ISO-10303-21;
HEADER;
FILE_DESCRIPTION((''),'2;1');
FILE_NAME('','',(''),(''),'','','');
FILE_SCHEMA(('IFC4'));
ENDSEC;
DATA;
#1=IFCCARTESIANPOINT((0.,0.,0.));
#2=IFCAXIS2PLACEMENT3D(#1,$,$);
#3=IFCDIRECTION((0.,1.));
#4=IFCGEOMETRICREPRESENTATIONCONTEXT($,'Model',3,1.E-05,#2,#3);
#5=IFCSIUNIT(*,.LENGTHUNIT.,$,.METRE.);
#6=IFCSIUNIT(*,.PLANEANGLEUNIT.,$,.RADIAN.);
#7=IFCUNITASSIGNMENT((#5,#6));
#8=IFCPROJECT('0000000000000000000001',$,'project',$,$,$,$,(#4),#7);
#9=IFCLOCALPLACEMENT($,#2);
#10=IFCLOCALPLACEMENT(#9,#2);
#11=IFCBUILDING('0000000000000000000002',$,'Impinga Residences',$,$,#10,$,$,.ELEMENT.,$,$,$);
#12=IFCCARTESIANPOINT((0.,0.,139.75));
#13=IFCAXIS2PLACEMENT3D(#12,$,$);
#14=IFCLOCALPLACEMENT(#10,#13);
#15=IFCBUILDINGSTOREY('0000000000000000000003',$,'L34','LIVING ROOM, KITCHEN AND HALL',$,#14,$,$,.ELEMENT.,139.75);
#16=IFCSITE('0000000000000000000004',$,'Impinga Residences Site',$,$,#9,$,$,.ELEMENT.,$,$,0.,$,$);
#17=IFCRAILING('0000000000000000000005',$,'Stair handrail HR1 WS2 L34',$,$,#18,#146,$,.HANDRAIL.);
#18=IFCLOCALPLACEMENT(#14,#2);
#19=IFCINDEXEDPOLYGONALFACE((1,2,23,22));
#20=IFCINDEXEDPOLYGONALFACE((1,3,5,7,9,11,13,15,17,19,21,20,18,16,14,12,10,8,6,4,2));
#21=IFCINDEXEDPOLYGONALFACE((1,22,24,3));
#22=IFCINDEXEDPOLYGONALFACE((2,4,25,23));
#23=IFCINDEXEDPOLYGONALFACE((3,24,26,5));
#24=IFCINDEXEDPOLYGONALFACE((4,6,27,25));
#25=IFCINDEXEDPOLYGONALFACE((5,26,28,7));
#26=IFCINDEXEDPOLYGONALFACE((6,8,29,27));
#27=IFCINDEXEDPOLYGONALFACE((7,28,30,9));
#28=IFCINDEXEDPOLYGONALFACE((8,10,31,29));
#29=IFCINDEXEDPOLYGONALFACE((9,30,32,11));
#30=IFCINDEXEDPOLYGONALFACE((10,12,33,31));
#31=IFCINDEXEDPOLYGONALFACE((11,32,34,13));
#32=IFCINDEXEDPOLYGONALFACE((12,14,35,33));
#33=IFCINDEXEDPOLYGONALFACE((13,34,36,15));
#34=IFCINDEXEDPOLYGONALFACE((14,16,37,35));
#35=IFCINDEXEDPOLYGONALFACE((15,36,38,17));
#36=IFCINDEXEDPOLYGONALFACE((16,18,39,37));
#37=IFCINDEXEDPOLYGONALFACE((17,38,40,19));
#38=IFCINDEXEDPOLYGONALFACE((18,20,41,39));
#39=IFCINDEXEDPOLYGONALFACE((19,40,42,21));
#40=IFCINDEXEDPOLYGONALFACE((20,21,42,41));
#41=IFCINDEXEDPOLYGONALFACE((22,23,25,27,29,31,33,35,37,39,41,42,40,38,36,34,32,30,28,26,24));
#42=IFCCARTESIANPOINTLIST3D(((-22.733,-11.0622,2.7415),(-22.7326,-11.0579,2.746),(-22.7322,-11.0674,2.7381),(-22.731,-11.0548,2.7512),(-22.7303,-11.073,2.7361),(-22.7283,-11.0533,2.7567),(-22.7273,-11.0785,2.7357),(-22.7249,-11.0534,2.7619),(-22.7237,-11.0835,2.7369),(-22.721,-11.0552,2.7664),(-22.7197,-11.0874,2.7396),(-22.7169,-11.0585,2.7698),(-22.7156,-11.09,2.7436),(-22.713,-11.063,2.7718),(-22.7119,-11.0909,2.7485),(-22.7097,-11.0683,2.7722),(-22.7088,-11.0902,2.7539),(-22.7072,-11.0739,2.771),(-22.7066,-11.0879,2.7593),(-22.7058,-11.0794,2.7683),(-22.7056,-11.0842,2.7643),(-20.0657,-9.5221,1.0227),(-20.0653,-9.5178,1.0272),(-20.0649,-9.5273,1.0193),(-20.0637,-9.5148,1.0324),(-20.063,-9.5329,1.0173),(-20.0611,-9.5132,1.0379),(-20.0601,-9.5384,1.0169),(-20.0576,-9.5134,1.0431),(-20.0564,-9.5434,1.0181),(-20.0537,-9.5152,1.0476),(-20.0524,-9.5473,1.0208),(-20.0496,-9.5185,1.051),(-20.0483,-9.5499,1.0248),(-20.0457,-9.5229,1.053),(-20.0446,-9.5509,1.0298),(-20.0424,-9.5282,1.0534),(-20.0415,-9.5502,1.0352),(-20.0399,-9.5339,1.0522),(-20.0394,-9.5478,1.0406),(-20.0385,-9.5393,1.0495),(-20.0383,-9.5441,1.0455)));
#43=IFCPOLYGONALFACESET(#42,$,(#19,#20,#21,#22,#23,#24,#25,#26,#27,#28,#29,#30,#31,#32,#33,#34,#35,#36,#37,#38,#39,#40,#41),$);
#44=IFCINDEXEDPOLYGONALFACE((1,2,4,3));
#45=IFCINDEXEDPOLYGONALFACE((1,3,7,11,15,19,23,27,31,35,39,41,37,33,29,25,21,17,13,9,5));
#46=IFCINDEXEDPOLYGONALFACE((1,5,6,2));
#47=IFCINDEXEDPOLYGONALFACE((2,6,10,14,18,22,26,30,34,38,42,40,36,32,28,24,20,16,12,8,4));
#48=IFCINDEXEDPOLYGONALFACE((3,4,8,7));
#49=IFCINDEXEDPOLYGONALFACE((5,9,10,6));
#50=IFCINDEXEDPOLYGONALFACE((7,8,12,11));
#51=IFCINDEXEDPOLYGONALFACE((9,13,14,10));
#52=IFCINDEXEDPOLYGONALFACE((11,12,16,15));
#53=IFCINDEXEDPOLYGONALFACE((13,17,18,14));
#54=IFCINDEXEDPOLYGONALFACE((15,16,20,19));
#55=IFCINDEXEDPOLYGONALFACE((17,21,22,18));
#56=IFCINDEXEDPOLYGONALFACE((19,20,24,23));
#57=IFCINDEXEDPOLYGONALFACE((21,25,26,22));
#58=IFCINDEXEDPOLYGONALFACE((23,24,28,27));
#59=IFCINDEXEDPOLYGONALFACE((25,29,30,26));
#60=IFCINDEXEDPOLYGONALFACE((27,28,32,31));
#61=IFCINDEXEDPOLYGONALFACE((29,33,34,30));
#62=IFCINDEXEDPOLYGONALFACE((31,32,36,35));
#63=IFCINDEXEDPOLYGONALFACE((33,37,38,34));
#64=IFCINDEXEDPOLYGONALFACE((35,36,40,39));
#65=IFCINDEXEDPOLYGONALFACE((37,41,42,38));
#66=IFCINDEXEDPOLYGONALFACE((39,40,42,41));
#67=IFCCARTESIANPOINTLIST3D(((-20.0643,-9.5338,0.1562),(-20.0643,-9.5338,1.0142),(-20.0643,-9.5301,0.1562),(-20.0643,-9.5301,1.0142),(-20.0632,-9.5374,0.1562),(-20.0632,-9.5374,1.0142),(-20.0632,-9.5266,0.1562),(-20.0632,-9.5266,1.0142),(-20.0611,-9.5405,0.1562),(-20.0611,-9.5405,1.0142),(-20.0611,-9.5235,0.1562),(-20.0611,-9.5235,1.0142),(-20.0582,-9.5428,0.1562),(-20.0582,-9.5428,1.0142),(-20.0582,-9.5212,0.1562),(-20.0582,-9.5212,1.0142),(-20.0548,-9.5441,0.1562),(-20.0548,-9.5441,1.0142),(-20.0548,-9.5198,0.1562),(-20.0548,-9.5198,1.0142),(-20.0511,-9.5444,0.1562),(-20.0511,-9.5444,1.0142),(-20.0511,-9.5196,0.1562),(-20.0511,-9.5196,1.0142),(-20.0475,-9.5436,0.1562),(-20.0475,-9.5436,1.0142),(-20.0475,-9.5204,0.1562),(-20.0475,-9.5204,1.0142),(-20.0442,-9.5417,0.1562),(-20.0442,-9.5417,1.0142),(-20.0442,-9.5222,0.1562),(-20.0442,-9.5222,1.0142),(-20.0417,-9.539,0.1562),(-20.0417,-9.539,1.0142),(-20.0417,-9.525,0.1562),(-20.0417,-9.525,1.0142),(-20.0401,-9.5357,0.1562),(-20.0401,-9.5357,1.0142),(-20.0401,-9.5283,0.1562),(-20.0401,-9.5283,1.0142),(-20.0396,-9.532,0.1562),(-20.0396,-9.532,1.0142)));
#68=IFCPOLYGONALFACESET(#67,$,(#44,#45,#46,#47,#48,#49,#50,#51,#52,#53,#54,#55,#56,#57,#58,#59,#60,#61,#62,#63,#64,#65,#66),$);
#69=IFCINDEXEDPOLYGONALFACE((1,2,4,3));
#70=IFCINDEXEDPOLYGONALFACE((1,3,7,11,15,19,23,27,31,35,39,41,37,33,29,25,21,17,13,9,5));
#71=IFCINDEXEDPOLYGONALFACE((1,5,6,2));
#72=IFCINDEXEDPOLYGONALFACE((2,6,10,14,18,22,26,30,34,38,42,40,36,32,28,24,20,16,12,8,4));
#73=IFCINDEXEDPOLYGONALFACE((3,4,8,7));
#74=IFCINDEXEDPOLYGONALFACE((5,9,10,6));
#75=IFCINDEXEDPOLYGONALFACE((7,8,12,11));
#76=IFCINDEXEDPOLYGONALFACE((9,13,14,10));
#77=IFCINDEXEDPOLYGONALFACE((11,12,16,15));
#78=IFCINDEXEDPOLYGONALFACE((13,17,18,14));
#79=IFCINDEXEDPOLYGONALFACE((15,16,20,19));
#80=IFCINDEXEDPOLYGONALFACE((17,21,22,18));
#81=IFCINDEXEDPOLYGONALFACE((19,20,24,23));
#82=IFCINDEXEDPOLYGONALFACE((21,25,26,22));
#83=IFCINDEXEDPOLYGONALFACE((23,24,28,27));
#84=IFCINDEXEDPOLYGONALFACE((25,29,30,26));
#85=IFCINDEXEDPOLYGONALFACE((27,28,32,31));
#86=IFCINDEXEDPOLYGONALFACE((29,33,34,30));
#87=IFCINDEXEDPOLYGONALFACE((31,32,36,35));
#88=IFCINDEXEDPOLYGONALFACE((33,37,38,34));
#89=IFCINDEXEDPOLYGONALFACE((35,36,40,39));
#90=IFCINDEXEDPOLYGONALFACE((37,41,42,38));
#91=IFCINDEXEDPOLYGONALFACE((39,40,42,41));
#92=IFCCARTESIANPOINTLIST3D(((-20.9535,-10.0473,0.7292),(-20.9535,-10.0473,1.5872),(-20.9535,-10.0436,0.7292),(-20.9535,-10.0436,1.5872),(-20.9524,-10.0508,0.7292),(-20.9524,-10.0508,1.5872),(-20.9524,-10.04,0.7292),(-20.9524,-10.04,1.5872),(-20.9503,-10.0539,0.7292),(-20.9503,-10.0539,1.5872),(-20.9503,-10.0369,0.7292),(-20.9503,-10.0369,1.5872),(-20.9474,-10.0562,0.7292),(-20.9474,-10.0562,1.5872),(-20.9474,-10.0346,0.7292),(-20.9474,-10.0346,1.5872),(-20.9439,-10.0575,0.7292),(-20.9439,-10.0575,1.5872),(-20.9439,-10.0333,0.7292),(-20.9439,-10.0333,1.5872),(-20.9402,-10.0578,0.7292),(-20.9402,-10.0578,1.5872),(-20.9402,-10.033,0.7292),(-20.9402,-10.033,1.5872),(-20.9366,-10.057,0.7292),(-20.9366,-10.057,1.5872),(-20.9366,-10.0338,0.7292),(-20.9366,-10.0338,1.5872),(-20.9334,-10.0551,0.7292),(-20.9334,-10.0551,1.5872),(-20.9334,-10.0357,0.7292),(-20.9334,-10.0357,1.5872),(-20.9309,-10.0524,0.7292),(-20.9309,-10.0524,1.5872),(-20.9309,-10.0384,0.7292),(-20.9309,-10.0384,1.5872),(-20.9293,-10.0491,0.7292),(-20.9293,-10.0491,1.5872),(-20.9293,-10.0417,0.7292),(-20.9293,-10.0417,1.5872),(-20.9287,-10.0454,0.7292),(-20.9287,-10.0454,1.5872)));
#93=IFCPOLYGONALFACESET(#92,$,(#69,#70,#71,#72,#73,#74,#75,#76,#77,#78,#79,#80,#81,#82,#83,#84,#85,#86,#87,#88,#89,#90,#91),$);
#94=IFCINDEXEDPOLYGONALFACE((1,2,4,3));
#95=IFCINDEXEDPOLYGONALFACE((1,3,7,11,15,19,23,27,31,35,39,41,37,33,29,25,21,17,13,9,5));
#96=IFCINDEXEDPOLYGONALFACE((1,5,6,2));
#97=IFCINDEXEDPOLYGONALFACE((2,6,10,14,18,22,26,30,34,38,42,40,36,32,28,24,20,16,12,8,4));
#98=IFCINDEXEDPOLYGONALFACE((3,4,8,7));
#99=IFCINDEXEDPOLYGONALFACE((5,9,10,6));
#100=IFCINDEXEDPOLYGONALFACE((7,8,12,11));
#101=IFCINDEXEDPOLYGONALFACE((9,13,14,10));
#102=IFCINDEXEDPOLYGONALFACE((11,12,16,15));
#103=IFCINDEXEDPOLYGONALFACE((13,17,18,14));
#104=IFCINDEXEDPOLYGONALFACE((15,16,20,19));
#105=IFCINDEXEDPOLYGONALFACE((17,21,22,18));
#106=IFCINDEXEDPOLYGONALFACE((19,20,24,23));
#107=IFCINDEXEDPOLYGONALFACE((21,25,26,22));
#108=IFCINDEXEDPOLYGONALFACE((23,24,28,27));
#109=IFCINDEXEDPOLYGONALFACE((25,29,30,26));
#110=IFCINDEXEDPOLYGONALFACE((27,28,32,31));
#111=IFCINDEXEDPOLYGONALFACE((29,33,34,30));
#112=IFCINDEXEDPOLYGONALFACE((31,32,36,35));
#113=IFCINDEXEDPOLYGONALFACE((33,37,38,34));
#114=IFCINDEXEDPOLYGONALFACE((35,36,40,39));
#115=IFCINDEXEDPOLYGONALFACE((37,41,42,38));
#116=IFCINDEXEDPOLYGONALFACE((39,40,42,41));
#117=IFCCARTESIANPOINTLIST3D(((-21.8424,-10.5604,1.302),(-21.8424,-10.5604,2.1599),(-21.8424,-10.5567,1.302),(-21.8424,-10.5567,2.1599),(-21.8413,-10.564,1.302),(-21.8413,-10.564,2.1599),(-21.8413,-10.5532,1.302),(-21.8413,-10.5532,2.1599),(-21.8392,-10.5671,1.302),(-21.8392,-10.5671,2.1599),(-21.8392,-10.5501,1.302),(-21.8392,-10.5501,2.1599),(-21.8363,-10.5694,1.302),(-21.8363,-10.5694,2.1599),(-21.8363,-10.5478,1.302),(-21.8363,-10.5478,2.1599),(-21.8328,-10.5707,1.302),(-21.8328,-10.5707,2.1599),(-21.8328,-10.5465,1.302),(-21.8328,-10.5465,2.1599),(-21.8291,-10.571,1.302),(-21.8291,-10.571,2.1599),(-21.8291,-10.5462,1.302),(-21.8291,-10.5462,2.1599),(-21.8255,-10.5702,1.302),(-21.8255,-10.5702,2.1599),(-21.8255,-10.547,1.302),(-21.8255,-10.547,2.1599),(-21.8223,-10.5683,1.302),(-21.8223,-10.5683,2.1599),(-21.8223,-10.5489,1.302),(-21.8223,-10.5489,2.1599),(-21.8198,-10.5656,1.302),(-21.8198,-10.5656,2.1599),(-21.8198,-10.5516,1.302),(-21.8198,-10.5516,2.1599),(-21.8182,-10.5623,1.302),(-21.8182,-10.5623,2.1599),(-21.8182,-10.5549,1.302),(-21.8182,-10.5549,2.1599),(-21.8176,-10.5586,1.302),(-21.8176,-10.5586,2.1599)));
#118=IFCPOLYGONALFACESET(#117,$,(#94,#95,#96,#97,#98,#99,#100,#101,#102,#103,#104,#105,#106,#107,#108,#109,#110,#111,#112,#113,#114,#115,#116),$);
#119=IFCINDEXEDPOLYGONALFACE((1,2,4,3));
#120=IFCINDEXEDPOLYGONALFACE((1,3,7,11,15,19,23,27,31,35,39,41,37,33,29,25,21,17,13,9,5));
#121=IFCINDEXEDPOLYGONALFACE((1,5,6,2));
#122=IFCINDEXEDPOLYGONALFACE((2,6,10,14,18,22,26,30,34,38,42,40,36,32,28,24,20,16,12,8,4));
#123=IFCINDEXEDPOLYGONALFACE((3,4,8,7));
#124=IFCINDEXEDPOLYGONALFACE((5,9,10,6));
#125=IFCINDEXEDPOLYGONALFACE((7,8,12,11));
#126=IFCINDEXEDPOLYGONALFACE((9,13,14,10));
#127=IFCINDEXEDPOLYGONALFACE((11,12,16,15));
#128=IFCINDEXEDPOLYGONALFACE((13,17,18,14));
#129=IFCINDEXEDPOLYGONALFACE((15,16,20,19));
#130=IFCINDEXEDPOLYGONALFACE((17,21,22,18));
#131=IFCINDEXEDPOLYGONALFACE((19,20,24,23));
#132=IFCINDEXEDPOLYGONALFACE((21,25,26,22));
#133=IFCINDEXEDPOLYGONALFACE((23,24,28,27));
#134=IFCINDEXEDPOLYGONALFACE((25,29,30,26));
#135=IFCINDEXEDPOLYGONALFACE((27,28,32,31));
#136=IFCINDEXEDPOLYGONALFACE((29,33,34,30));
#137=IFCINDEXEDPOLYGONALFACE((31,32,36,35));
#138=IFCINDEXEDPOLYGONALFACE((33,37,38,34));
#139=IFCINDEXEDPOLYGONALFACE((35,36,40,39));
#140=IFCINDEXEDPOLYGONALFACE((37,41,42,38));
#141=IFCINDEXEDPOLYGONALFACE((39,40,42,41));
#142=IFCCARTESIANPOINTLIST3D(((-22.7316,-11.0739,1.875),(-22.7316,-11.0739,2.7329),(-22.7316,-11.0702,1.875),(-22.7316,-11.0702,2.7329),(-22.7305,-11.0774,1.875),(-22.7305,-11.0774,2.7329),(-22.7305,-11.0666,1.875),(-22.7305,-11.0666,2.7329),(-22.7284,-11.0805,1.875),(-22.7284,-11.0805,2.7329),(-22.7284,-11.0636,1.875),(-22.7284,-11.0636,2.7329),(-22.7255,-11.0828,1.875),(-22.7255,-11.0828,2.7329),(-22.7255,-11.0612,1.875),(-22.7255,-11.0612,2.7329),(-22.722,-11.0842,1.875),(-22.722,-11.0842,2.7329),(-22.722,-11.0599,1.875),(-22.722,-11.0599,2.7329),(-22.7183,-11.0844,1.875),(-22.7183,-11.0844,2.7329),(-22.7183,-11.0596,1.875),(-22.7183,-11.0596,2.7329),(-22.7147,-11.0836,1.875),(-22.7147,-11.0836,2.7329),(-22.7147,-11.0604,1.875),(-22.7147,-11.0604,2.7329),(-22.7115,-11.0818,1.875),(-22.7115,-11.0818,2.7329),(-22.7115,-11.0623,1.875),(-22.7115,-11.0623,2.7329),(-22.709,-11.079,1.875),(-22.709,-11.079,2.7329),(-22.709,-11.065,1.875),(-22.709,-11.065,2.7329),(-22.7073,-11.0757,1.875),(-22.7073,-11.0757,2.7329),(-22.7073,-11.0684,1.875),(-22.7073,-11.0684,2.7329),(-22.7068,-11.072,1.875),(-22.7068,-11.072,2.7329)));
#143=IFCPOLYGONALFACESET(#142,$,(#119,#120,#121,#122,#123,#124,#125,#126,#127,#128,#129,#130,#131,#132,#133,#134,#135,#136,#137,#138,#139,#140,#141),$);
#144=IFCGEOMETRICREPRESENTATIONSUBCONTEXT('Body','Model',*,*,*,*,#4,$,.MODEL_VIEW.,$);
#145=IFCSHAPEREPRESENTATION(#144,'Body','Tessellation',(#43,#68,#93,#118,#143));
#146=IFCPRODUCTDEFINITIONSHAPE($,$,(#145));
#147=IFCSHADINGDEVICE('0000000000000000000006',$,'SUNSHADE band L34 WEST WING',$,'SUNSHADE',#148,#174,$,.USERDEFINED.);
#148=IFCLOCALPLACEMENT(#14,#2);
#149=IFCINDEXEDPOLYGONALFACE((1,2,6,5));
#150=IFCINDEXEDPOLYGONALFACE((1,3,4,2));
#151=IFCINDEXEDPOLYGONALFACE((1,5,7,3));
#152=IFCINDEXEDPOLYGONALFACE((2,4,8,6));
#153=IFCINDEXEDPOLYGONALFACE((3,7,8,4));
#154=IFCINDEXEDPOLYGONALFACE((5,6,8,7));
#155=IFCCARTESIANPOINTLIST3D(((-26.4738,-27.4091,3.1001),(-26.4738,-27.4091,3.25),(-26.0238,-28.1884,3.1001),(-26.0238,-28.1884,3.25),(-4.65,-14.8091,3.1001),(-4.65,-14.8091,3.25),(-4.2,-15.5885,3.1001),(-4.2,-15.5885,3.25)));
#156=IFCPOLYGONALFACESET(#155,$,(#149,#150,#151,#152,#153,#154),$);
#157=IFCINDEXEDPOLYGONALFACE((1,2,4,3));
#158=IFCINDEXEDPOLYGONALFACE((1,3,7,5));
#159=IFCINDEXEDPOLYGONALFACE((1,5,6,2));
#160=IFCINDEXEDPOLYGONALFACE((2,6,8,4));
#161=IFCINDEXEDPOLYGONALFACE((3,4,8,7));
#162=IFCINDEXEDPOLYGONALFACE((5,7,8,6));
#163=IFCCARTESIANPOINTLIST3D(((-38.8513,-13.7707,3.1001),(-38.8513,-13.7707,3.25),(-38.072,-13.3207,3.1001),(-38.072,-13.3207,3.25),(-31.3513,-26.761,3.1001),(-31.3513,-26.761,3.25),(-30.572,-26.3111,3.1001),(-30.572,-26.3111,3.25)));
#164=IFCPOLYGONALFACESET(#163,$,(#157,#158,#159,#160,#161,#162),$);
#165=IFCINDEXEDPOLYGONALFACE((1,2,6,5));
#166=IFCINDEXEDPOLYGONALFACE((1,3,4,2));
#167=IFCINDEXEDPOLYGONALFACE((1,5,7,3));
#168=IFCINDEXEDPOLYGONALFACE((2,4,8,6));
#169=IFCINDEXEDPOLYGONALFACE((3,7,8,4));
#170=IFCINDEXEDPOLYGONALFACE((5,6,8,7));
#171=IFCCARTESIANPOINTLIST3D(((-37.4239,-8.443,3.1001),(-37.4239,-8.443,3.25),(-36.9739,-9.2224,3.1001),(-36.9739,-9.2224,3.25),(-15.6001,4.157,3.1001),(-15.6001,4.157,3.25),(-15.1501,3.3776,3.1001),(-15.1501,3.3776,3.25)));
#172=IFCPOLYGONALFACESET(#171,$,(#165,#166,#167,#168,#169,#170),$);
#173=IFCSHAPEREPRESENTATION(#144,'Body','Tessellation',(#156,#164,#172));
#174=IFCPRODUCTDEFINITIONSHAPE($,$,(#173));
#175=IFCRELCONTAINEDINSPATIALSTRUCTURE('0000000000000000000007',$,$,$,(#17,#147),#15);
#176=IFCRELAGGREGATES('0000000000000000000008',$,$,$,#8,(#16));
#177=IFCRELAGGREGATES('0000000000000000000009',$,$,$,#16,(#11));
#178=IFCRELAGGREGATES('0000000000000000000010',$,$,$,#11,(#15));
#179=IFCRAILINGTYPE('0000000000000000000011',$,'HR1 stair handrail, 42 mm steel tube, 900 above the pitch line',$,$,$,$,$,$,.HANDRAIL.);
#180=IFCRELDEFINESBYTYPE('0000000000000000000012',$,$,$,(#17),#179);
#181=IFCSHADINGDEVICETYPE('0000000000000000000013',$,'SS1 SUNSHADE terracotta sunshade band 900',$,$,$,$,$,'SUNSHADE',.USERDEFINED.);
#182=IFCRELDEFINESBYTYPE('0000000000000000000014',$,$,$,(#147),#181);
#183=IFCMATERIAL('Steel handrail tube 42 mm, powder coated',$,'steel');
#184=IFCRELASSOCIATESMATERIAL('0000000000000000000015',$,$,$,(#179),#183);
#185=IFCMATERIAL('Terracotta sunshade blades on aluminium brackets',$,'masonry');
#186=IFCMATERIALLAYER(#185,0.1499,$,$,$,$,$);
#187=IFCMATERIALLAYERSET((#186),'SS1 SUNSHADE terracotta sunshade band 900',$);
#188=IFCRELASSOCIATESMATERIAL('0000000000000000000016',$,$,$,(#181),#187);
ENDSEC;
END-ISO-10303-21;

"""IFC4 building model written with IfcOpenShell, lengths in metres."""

from ifc_helpers import new_model, si_unit, direction, frame, origin, origin_2d, place, context, subcontext, project, spatial, rectangle, circle, extrude, material, layer, layer_set, type_object, element, save


model = new_model("IFC4")

# Units and contexts
model_context = context("Model", 3, precision=1e-05, world=origin(), true_north=direction((0.0, 1.0)))
body_context = subcontext(model_context, "Body", "Model", "MODEL_VIEW")
ifc_project = project(units=[si_unit("LENGTHUNIT", "METRE"), si_unit("PLANEANGLEUNIT", "RADIAN")], contexts=[model_context])

# Site, building, storey
site_placement = place(None, origin())
site = spatial("IfcSite", under=ifc_project, at=site_placement, Name="Impinga Residences Site", CompositionType="ELEMENT", RefElevation=0.0)
building_placement = place(site_placement, origin())
building = spatial("IfcBuilding", under=site, at=building_placement, Name="Impinga Residences", CompositionType="ELEMENT")
storey_placement = place(building_placement, frame((0.0, 0.0, 139.75)))
storey = spatial("IfcBuildingStorey", under=building, at=storey_placement, Name="L34", Description="LIVING ROOM, KITCHEN AND HALL", CompositionType="ELEMENT", Elevation=139.75)

# Railing
ifc_material_1 = material(Name="Steel handrail tube 42 mm, powder coated", Category="steel")
railing_type = type_object("IfcRailingType", Name="HR1 stair handrail, 42 mm steel tube, 900 above the pitch line", PredefinedType="HANDRAIL", material=ifc_material_1)
railing_placement = place(storey_placement, frame((-20.052, -9.532, 0.1562)))
element("IfcRailing", 1, at=railing_placement, inside=storey, type_object=railing_type, Name="Stair handrail HR1 WS2 L34", PredefinedType="HANDRAIL", context=body_context, shape_type="SweptSolid", body=[
    extrude(circle(Radius=0.021, at=origin_2d()), frame((0.0, 0.0, 0.8789), z_axis=(-0.756226, -0.436639, 0.487307), x_axis=(0.500027, -0.86601, 0.0)), (0.0, 0.0, 1.0), 3.5271),
    extrude(circle(Radius=0.0125, at=origin_2d()), origin(), (0.0, 0.0, 1.0), 0.8579),
    extrude(circle(Radius=0.0125, at=origin_2d()), frame((-0.8892, -0.5134, 0.573)), (0.0, 0.0, 1.0), 0.8579),
    extrude(circle(Radius=0.0125, at=origin_2d()), frame((-1.7781, -1.0266, 1.1458)), (0.0, 0.0, 1.0), 0.8579),
    extrude(circle(Radius=0.0125, at=origin_2d()), frame((-2.6672, -1.54, 1.7188)), (0.0, 0.0, 1.0), 0.8579),
])

# Shading device
ifc_material_2 = material(Name="Terracotta sunshade blades on aluminium brackets", Category="masonry")
ifc_layer_1 = layer(ifc_material_2, 0.1499)
ifc_layer_set_1 = layer_set([ifc_layer_1], Name="SS1 SUNSHADE terracotta sunshade band 900")
shading_device_type = type_object("IfcShadingDeviceType", Name="SS1 SUNSHADE terracotta sunshade band 900", ElementType="SUNSHADE", PredefinedType="USERDEFINED", material=ifc_layer_set_1)
shading_device_placement = place(storey_placement, frame((-15.3369, -21.4988, 3.1001), z_axis=(0.0, 0.0, 1.0), x_axis=(-0.866025, -0.5, 0.0)))
element("IfcShadingDevice", 2, at=shading_device_placement, inside=storey, type_object=shading_device_type, Name="SUNSHADE band L34 WEST WING", ObjectType="SUNSHADE", PredefinedType="USERDEFINED", context=body_context, shape_type="SweptSolid", body=[
    extrude(rectangle(XDim=25.2, YDim=0.8999, at=origin_2d()), origin(), (0.0, 0.0, 1.0), 0.1499),
    extrude(rectangle(XDim=15.0, YDim=0.8999, at=origin_2d()), frame((16.05, -10.95, 0.0), z_axis=(0.0, 0.0, 1.0), x_axis=(0.0, -1.0, 0.0)), (0.0, 0.0, 1.0), 0.1499),
    extrude(rectangle(XDim=25.2, YDim=0.8999, at=origin_2d()), frame((0.0, -21.9001, 0.0), z_axis=(0.0, 0.0, 1.0), x_axis=(-1.0, 0.0, 0.0)), (0.0, 0.0, 1.0), 0.1499),
])

save(model, "model.ifc")
